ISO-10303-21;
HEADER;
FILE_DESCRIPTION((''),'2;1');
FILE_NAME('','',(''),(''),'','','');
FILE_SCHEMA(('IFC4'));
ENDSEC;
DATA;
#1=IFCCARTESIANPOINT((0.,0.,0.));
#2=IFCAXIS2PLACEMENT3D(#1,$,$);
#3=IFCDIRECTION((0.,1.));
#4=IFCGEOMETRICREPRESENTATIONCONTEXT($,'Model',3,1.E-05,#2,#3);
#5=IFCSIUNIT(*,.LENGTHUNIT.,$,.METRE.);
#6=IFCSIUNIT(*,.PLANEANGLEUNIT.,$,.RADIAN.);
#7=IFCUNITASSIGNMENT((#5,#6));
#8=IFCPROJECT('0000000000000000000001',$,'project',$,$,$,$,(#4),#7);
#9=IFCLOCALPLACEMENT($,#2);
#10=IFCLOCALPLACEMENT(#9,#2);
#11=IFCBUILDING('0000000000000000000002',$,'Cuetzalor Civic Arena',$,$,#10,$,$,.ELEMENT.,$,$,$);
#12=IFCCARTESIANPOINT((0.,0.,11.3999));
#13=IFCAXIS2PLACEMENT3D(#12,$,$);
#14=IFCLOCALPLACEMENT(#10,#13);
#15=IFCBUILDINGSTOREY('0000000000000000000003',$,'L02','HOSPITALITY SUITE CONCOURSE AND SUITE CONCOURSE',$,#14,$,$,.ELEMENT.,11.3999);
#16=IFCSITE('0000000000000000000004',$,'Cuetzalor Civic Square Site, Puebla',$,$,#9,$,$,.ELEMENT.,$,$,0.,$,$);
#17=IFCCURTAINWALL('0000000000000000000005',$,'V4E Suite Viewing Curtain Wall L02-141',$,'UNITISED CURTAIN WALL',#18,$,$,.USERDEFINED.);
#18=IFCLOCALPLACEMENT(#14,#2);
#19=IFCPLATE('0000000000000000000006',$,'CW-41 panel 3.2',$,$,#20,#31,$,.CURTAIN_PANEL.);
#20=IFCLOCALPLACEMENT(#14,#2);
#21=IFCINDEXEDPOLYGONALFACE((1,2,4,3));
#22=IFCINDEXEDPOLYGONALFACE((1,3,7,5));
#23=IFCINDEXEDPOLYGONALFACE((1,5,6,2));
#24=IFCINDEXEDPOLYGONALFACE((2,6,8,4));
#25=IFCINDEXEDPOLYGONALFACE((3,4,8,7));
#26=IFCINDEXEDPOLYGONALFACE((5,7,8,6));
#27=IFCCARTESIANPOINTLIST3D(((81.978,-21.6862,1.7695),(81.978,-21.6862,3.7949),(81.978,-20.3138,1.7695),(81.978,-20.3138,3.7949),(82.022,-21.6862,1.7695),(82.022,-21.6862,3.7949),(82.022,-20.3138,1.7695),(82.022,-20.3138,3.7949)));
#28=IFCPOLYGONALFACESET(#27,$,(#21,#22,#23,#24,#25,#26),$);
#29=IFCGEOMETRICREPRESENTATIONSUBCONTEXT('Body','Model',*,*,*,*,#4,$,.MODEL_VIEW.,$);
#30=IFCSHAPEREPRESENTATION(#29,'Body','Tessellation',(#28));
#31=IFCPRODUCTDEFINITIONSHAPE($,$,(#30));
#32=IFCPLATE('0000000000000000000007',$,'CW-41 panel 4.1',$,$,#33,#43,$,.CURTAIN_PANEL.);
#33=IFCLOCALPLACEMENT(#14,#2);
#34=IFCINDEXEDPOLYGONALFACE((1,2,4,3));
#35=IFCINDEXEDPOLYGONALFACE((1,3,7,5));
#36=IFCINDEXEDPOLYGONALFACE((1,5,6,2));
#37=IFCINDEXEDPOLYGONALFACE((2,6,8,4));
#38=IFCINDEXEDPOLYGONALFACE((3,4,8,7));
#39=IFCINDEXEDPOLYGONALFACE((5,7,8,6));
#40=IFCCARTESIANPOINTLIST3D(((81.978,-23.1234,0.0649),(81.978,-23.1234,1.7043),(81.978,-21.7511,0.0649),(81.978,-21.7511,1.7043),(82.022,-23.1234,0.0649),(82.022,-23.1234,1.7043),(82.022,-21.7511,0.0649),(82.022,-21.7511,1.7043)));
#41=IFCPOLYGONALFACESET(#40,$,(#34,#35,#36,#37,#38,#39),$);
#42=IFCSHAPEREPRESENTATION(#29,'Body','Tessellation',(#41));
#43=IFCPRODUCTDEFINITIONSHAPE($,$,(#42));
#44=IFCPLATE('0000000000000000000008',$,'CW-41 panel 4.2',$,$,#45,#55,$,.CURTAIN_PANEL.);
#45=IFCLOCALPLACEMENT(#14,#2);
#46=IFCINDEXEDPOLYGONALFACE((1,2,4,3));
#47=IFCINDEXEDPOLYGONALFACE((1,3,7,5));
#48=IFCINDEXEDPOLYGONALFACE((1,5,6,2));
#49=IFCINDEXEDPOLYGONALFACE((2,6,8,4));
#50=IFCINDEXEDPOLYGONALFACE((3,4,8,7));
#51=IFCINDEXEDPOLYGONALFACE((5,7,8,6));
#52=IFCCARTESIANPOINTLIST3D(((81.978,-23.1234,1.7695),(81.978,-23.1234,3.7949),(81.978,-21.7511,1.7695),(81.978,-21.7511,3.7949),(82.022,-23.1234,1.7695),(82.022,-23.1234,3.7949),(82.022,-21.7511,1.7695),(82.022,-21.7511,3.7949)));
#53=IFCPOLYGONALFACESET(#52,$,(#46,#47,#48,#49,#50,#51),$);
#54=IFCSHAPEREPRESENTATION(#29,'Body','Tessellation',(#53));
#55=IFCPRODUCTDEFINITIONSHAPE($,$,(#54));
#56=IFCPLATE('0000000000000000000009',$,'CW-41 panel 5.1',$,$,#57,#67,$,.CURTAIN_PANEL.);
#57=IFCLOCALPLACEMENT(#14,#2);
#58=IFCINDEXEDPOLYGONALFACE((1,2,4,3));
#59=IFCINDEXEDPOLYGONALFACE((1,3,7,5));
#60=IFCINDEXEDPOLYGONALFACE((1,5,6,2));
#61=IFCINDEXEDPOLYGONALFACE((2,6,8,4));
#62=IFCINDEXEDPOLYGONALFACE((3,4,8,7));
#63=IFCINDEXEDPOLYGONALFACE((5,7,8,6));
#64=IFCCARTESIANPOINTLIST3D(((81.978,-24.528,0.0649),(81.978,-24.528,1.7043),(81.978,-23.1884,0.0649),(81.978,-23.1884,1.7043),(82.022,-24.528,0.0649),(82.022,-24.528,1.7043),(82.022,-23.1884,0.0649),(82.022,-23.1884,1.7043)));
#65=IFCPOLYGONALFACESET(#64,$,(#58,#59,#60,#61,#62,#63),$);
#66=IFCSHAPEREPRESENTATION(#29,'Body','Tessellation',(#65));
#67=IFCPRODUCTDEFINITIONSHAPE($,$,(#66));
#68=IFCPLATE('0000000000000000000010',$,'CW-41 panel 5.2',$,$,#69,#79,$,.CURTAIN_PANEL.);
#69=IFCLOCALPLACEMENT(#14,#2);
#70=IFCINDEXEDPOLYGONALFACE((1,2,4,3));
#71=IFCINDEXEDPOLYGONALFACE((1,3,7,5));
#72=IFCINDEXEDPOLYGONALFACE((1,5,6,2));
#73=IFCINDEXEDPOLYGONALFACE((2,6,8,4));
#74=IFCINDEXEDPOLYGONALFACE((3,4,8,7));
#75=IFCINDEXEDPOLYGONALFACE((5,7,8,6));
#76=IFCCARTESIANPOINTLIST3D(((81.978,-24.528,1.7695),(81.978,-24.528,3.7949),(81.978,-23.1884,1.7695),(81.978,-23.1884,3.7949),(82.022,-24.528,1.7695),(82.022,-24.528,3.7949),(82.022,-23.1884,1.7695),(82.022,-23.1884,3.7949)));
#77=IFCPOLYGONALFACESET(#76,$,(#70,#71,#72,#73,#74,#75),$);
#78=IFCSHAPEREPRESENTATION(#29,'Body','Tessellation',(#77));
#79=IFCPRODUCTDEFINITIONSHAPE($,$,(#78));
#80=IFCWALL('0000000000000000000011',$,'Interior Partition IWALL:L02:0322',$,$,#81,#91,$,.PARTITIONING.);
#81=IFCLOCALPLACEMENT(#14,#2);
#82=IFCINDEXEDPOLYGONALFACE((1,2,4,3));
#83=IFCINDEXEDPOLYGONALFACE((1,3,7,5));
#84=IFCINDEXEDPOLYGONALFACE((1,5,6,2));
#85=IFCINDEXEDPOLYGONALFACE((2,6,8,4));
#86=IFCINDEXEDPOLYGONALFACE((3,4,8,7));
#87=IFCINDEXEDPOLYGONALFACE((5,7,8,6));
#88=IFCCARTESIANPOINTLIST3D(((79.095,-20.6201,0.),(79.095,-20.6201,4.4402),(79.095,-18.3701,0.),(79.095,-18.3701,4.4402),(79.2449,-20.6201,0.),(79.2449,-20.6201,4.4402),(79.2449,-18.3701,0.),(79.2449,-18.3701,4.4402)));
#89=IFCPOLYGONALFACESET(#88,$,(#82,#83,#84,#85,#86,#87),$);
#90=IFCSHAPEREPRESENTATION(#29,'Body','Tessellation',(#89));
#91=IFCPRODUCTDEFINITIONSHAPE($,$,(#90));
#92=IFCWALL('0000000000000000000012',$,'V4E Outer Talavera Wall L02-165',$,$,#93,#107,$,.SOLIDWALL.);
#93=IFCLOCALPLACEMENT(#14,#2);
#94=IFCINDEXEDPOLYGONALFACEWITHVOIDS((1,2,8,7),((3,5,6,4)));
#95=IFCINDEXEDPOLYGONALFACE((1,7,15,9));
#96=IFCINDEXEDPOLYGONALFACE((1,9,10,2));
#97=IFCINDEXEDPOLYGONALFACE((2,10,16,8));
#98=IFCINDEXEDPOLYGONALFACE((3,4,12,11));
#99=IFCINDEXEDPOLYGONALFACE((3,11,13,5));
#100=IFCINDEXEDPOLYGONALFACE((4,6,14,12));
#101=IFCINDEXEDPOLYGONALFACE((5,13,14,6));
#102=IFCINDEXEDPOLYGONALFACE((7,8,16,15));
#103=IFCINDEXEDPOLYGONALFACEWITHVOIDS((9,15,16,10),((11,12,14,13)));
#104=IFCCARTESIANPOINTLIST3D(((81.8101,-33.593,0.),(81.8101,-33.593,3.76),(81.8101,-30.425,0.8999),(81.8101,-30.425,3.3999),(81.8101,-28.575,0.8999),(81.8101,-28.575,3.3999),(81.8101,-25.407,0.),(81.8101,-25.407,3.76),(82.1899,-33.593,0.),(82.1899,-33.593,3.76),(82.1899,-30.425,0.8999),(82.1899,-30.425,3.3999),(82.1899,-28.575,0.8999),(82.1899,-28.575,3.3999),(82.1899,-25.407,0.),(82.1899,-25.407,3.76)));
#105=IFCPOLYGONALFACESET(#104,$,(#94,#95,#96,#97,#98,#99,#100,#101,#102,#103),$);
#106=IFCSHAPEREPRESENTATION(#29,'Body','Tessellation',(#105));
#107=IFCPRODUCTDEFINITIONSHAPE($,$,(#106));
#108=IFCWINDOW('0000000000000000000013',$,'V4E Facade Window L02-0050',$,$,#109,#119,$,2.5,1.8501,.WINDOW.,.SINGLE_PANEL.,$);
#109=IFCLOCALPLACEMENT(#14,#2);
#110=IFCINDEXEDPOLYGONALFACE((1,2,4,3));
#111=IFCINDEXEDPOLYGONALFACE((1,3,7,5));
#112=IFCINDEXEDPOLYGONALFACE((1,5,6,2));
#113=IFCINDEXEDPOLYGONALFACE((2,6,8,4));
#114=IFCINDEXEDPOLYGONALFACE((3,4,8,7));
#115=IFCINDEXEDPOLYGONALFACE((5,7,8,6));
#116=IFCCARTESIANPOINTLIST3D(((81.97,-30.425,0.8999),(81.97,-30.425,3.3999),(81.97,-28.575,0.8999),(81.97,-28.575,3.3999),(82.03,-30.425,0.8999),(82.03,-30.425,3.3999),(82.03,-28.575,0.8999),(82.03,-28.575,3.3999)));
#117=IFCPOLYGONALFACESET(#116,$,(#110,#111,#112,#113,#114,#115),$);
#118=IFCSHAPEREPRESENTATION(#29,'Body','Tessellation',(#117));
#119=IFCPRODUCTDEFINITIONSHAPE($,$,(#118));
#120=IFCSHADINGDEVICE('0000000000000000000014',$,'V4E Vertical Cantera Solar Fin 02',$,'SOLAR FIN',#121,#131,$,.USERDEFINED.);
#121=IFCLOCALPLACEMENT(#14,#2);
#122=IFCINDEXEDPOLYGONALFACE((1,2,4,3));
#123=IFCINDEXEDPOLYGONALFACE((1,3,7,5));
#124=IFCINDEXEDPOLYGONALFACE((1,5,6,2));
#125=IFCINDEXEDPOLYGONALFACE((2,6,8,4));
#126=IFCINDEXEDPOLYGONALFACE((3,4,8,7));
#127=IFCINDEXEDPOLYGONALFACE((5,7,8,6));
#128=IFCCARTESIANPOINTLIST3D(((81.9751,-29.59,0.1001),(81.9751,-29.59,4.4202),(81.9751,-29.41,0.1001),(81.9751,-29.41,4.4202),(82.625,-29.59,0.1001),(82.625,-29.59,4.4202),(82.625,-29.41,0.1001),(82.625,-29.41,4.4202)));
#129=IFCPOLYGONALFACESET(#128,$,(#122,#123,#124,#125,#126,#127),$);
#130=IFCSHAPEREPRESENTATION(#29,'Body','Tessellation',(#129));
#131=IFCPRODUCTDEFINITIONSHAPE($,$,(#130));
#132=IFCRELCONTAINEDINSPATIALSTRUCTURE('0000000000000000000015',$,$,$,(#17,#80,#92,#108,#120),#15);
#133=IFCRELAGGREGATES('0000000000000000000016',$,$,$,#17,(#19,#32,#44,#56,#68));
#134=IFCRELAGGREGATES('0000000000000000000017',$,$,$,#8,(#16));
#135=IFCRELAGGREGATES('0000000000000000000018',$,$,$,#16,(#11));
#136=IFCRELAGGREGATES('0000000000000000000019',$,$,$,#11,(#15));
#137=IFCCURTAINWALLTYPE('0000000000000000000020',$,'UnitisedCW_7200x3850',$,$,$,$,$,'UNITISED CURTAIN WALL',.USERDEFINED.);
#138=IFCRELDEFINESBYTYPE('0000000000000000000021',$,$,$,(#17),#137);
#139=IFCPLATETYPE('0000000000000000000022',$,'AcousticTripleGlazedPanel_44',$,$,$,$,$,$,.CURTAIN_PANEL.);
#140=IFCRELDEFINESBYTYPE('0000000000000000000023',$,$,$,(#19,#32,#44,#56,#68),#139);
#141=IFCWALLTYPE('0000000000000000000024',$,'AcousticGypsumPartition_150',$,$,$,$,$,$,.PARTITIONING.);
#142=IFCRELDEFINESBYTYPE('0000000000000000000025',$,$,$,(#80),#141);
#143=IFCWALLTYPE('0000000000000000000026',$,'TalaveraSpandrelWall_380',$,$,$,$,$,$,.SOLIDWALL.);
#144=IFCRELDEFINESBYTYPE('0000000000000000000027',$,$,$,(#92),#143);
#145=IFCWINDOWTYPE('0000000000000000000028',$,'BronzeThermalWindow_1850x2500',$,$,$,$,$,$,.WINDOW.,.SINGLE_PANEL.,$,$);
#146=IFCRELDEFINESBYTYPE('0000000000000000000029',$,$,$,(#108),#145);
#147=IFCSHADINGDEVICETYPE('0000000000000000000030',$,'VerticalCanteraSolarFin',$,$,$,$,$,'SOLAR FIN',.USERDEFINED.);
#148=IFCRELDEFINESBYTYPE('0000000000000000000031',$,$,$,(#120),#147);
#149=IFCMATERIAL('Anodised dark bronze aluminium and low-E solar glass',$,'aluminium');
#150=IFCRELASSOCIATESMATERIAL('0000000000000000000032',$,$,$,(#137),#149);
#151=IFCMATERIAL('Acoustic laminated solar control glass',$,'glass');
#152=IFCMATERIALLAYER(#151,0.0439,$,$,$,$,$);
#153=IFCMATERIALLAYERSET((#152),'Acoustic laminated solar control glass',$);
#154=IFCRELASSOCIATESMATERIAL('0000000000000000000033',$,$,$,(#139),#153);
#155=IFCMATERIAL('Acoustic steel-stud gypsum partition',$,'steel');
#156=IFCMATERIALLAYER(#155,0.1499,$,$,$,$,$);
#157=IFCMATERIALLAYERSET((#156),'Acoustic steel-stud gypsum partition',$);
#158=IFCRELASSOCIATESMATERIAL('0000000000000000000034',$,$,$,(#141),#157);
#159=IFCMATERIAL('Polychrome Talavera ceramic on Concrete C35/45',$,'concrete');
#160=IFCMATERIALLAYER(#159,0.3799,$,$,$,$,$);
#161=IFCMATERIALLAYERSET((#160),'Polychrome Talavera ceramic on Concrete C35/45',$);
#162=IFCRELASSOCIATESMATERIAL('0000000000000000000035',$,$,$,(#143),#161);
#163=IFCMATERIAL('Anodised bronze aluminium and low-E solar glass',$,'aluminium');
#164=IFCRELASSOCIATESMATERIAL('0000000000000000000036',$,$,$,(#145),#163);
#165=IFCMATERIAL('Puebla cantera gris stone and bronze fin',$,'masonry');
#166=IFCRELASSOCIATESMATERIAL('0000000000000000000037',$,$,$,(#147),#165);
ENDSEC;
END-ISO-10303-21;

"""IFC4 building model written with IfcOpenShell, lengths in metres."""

from ifc_helpers import new_model, si_unit, direction, frame, frame_2d, origin, origin_2d, place, context, subcontext, project, spatial, rectangle, extrude, material, layer, layer_set, type_object, element, fill, aggregate, save


model = new_model("IFC4")

# Units and contexts
model_context = context("Model", 3, precision=1e-05, world=origin(), true_north=direction((0.0, 1.0)))
body_context = subcontext(model_context, "Body", "Model", "MODEL_VIEW")
ifc_project = project(units=[si_unit("LENGTHUNIT", "METRE"), si_unit("PLANEANGLEUNIT", "RADIAN")], contexts=[model_context])

# Site, building, storey
site_placement = place(None, origin())
site = spatial("IfcSite", under=ifc_project, at=site_placement, Name="Cuetzalor Civic Square Site, Puebla", CompositionType="ELEMENT", RefElevation=0.0)
building_placement = place(site_placement, origin())
building = spatial("IfcBuilding", under=site, at=building_placement, Name="Cuetzalor Civic Arena", CompositionType="ELEMENT")
storey_placement = place(building_placement, frame((0.0, 0.0, 11.3999)))
storey = spatial("IfcBuildingStorey", under=building, at=storey_placement, Name="L02", Description="HOSPITALITY SUITE CONCOURSE AND SUITE CONCOURSE", CompositionType="ELEMENT", Elevation=11.3999)

# Curtain wall, plates
ifc_material_1 = material(Name="Anodised dark bronze aluminium and low-E solar glass", Category="aluminium")
curtain_wall_type = type_object("IfcCurtainWallType", Name="UnitisedCW_7200x3850", ElementType="UNITISED CURTAIN WALL", PredefinedType="USERDEFINED", material=ifc_material_1)
curtain_wall_placement = place(storey_placement, origin())
curtain_wall = element("IfcCurtainWall", 1, at=curtain_wall_placement, inside=storey, type_object=curtain_wall_type, Name="V4E Suite Viewing Curtain Wall L02-141", ObjectType="UNITISED CURTAIN WALL", PredefinedType="USERDEFINED")
ifc_material_2 = material(Name="Acoustic laminated solar control glass", Category="glass")
ifc_layer_1 = layer(ifc_material_2, 0.0439)
ifc_layer_set_1 = layer_set([ifc_layer_1], Name="Acoustic laminated solar control glass")
plate_type = type_object("IfcPlateType", Name="AcousticTripleGlazedPanel_44", PredefinedType="CURTAIN_PANEL", material=ifc_layer_set_1)
plate_1_placement = place(storey_placement, frame((82.0, -21.0, 1.7695), z_axis=(0.0, 0.0, 1.0), x_axis=(0.0, -1.0, 0.0)))
plate_1 = element("IfcPlate", 2, at=plate_1_placement, type_object=plate_type, Name="CW-41 panel 3.2", PredefinedType="CURTAIN_PANEL", context=body_context, shape_type="SweptSolid", body=[
    extrude(rectangle(XDim=1.3723, YDim=0.0439, at=origin_2d()), origin(), (0.0, 0.0, 1.0), 2.0254),
])
plate_2_placement = place(storey_placement, frame((82.0, -22.4373, 0.0649), z_axis=(0.0, 0.0, 1.0), x_axis=(0.0, -1.0, 0.0)))
plate_2 = element("IfcPlate", 3, at=plate_2_placement, type_object=plate_type, Name="CW-41 panel 4.1", PredefinedType="CURTAIN_PANEL", context=body_context, shape_type="SweptSolid", body=[
    extrude(rectangle(XDim=1.3723, YDim=0.0439, at=origin_2d()), origin(), (0.0, 0.0, 1.0), 1.6394),
])
plate_3_placement = place(storey_placement, frame((82.0, -22.4373, 1.7695), z_axis=(0.0, 0.0, 1.0), x_axis=(0.0, -1.0, 0.0)))
plate_3 = element("IfcPlate", 4, at=plate_3_placement, type_object=plate_type, Name="CW-41 panel 4.2", PredefinedType="CURTAIN_PANEL", context=body_context, shape_type="SweptSolid", body=[
    extrude(rectangle(XDim=1.3723, YDim=0.0439, at=origin_2d()), origin(), (0.0, 0.0, 1.0), 2.0254),
])
plate_4_placement = place(storey_placement, frame((82.0, -23.8582, 0.0649), z_axis=(0.0, 0.0, 1.0), x_axis=(0.0, -1.0, 0.0)))
plate_4 = element("IfcPlate", 5, at=plate_4_placement, type_object=plate_type, Name="CW-41 panel 5.1", PredefinedType="CURTAIN_PANEL", context=body_context, shape_type="SweptSolid", body=[
    extrude(rectangle(XDim=1.3396, YDim=0.0439, at=origin_2d()), origin(), (0.0, 0.0, 1.0), 1.6394),
])
plate_5_placement = place(storey_placement, frame((82.0, -23.8582, 1.7695), z_axis=(0.0, 0.0, 1.0), x_axis=(0.0, -1.0, 0.0)))
plate_5 = element("IfcPlate", 6, at=plate_5_placement, type_object=plate_type, Name="CW-41 panel 5.2", PredefinedType="CURTAIN_PANEL", context=body_context, shape_type="SweptSolid", body=[
    extrude(rectangle(XDim=1.3396, YDim=0.0439, at=origin_2d()), origin(), (0.0, 0.0, 1.0), 2.0254),
])
aggregate(curtain_wall, [plate_1, plate_2, plate_3, plate_4, plate_5])

# Wall
ifc_material_3 = material(Name="Acoustic steel-stud gypsum partition", Category="steel")
ifc_layer_2 = layer(ifc_material_3, 0.1499)
ifc_layer_set_2 = layer_set([ifc_layer_2], Name="Acoustic steel-stud gypsum partition")
wall_type_1 = type_object("IfcWallType", Name="AcousticGypsumPartition_150", PredefinedType="PARTITIONING", material=ifc_layer_set_2)
wall_1_placement = place(storey_placement, frame((79.1699, -20.6201, 0.0), z_axis=(0.0, 0.0, 1.0), x_axis=(0.0, 1.0, 0.0)))
element("IfcWall", 7, at=wall_1_placement, inside=storey, type_object=wall_type_1, Name="Interior Partition IWALL:L02:0322", PredefinedType="PARTITIONING", context=body_context, shape_type="SweptSolid", body=[
    extrude(rectangle(XDim=2.25, YDim=0.1499, at=frame_2d((1.125, 0.0))), origin(), (0.0, 0.0, 1.0), 4.4402),
])

# Wall, opening, window
ifc_material_4 = material(Name="Polychrome Talavera ceramic on Concrete C35/45", Category="concrete")
ifc_layer_3 = layer(ifc_material_4, 0.3799)
ifc_layer_set_3 = layer_set([ifc_layer_3], Name="Polychrome Talavera ceramic on Concrete C35/45")
wall_type_2 = type_object("IfcWallType", Name="TalaveraSpandrelWall_380", PredefinedType="SOLIDWALL", material=ifc_layer_set_3)
wall_2_placement = place(storey_placement, frame((82.0, -25.407, 0.0), z_axis=(0.0, 0.0, 1.0), x_axis=(0.0, -1.0, 0.0)))
wall_2 = element("IfcWall", 8, at=wall_2_placement, inside=storey, type_object=wall_type_2, Name="V4E Outer Talavera Wall L02-165", PredefinedType="SOLIDWALL", context=body_context, shape_type="SweptSolid", body=[
    extrude(rectangle(XDim=8.186, YDim=0.3799, at=frame_2d((4.093, 0.0))), origin(), (0.0, 0.0, 1.0), 3.76),
])
opening_placement = place(wall_2_placement, frame((3.168, 0.0, 0.8999)))
opening = element("IfcOpeningElement", 9, at=opening_placement, cuts=wall_2, PredefinedType="OPENING", context=body_context, shape_type="SweptSolid", body=[
    extrude(rectangle(XDim=1.8501, YDim=2.5, at=frame_2d((0.925, 1.25))), frame((0.0, 0.2, 0.0), z_axis=(0.0, -1.0, 0.0), x_axis=(1.0, 0.0, 0.0)), (0.0, 0.0, 1.0), 0.3999),
])
ifc_material_5 = material(Name="Anodised bronze aluminium and low-E solar glass", Category="aluminium")
window_type = type_object("IfcWindowType", Name="BronzeThermalWindow_1850x2500", PartitioningType="SINGLE_PANEL", PredefinedType="WINDOW", material=ifc_material_5)
window_placement = place(opening_placement, origin())
window = element("IfcWindow", 10, at=window_placement, inside=storey, type_object=window_type, Name="V4E Facade Window L02-0050", OverallHeight=2.5, OverallWidth=1.8501, PartitioningType="SINGLE_PANEL", PredefinedType="WINDOW", context=body_context, shape_type="SweptSolid", body=[
    extrude(rectangle(XDim=1.8501, YDim=2.5, at=frame_2d((0.925, 1.25))), frame((0.0, 0.03, 0.0), z_axis=(0.0, -1.0, 0.0), x_axis=(1.0, 0.0, 0.0)), (0.0, 0.0, 1.0), 0.0601),
])
fill(opening, window)

# Shading device
ifc_material_6 = material(Name="Puebla cantera gris stone and bronze fin", Category="masonry")
shading_device_type = type_object("IfcShadingDeviceType", Name="VerticalCanteraSolarFin", ElementType="SOLAR FIN", PredefinedType="USERDEFINED", material=ifc_material_6)
shading_device_placement = place(storey_placement, frame((82.3, -29.5, 0.1001), z_axis=(0.0, 0.0, 1.0), x_axis=(1.0, 0.0, 0.0)))
element("IfcShadingDevice", 11, at=shading_device_placement, inside=storey, type_object=shading_device_type, Name="V4E Vertical Cantera Solar Fin 02", ObjectType="SOLAR FIN", PredefinedType="USERDEFINED", context=body_context, shape_type="SweptSolid", body=[
    extrude(rectangle(XDim=0.6499, YDim=0.1799, at=origin_2d()), origin(), (0.0, 0.0, 1.0), 4.3201),
])

save(model, "model.ifc")
